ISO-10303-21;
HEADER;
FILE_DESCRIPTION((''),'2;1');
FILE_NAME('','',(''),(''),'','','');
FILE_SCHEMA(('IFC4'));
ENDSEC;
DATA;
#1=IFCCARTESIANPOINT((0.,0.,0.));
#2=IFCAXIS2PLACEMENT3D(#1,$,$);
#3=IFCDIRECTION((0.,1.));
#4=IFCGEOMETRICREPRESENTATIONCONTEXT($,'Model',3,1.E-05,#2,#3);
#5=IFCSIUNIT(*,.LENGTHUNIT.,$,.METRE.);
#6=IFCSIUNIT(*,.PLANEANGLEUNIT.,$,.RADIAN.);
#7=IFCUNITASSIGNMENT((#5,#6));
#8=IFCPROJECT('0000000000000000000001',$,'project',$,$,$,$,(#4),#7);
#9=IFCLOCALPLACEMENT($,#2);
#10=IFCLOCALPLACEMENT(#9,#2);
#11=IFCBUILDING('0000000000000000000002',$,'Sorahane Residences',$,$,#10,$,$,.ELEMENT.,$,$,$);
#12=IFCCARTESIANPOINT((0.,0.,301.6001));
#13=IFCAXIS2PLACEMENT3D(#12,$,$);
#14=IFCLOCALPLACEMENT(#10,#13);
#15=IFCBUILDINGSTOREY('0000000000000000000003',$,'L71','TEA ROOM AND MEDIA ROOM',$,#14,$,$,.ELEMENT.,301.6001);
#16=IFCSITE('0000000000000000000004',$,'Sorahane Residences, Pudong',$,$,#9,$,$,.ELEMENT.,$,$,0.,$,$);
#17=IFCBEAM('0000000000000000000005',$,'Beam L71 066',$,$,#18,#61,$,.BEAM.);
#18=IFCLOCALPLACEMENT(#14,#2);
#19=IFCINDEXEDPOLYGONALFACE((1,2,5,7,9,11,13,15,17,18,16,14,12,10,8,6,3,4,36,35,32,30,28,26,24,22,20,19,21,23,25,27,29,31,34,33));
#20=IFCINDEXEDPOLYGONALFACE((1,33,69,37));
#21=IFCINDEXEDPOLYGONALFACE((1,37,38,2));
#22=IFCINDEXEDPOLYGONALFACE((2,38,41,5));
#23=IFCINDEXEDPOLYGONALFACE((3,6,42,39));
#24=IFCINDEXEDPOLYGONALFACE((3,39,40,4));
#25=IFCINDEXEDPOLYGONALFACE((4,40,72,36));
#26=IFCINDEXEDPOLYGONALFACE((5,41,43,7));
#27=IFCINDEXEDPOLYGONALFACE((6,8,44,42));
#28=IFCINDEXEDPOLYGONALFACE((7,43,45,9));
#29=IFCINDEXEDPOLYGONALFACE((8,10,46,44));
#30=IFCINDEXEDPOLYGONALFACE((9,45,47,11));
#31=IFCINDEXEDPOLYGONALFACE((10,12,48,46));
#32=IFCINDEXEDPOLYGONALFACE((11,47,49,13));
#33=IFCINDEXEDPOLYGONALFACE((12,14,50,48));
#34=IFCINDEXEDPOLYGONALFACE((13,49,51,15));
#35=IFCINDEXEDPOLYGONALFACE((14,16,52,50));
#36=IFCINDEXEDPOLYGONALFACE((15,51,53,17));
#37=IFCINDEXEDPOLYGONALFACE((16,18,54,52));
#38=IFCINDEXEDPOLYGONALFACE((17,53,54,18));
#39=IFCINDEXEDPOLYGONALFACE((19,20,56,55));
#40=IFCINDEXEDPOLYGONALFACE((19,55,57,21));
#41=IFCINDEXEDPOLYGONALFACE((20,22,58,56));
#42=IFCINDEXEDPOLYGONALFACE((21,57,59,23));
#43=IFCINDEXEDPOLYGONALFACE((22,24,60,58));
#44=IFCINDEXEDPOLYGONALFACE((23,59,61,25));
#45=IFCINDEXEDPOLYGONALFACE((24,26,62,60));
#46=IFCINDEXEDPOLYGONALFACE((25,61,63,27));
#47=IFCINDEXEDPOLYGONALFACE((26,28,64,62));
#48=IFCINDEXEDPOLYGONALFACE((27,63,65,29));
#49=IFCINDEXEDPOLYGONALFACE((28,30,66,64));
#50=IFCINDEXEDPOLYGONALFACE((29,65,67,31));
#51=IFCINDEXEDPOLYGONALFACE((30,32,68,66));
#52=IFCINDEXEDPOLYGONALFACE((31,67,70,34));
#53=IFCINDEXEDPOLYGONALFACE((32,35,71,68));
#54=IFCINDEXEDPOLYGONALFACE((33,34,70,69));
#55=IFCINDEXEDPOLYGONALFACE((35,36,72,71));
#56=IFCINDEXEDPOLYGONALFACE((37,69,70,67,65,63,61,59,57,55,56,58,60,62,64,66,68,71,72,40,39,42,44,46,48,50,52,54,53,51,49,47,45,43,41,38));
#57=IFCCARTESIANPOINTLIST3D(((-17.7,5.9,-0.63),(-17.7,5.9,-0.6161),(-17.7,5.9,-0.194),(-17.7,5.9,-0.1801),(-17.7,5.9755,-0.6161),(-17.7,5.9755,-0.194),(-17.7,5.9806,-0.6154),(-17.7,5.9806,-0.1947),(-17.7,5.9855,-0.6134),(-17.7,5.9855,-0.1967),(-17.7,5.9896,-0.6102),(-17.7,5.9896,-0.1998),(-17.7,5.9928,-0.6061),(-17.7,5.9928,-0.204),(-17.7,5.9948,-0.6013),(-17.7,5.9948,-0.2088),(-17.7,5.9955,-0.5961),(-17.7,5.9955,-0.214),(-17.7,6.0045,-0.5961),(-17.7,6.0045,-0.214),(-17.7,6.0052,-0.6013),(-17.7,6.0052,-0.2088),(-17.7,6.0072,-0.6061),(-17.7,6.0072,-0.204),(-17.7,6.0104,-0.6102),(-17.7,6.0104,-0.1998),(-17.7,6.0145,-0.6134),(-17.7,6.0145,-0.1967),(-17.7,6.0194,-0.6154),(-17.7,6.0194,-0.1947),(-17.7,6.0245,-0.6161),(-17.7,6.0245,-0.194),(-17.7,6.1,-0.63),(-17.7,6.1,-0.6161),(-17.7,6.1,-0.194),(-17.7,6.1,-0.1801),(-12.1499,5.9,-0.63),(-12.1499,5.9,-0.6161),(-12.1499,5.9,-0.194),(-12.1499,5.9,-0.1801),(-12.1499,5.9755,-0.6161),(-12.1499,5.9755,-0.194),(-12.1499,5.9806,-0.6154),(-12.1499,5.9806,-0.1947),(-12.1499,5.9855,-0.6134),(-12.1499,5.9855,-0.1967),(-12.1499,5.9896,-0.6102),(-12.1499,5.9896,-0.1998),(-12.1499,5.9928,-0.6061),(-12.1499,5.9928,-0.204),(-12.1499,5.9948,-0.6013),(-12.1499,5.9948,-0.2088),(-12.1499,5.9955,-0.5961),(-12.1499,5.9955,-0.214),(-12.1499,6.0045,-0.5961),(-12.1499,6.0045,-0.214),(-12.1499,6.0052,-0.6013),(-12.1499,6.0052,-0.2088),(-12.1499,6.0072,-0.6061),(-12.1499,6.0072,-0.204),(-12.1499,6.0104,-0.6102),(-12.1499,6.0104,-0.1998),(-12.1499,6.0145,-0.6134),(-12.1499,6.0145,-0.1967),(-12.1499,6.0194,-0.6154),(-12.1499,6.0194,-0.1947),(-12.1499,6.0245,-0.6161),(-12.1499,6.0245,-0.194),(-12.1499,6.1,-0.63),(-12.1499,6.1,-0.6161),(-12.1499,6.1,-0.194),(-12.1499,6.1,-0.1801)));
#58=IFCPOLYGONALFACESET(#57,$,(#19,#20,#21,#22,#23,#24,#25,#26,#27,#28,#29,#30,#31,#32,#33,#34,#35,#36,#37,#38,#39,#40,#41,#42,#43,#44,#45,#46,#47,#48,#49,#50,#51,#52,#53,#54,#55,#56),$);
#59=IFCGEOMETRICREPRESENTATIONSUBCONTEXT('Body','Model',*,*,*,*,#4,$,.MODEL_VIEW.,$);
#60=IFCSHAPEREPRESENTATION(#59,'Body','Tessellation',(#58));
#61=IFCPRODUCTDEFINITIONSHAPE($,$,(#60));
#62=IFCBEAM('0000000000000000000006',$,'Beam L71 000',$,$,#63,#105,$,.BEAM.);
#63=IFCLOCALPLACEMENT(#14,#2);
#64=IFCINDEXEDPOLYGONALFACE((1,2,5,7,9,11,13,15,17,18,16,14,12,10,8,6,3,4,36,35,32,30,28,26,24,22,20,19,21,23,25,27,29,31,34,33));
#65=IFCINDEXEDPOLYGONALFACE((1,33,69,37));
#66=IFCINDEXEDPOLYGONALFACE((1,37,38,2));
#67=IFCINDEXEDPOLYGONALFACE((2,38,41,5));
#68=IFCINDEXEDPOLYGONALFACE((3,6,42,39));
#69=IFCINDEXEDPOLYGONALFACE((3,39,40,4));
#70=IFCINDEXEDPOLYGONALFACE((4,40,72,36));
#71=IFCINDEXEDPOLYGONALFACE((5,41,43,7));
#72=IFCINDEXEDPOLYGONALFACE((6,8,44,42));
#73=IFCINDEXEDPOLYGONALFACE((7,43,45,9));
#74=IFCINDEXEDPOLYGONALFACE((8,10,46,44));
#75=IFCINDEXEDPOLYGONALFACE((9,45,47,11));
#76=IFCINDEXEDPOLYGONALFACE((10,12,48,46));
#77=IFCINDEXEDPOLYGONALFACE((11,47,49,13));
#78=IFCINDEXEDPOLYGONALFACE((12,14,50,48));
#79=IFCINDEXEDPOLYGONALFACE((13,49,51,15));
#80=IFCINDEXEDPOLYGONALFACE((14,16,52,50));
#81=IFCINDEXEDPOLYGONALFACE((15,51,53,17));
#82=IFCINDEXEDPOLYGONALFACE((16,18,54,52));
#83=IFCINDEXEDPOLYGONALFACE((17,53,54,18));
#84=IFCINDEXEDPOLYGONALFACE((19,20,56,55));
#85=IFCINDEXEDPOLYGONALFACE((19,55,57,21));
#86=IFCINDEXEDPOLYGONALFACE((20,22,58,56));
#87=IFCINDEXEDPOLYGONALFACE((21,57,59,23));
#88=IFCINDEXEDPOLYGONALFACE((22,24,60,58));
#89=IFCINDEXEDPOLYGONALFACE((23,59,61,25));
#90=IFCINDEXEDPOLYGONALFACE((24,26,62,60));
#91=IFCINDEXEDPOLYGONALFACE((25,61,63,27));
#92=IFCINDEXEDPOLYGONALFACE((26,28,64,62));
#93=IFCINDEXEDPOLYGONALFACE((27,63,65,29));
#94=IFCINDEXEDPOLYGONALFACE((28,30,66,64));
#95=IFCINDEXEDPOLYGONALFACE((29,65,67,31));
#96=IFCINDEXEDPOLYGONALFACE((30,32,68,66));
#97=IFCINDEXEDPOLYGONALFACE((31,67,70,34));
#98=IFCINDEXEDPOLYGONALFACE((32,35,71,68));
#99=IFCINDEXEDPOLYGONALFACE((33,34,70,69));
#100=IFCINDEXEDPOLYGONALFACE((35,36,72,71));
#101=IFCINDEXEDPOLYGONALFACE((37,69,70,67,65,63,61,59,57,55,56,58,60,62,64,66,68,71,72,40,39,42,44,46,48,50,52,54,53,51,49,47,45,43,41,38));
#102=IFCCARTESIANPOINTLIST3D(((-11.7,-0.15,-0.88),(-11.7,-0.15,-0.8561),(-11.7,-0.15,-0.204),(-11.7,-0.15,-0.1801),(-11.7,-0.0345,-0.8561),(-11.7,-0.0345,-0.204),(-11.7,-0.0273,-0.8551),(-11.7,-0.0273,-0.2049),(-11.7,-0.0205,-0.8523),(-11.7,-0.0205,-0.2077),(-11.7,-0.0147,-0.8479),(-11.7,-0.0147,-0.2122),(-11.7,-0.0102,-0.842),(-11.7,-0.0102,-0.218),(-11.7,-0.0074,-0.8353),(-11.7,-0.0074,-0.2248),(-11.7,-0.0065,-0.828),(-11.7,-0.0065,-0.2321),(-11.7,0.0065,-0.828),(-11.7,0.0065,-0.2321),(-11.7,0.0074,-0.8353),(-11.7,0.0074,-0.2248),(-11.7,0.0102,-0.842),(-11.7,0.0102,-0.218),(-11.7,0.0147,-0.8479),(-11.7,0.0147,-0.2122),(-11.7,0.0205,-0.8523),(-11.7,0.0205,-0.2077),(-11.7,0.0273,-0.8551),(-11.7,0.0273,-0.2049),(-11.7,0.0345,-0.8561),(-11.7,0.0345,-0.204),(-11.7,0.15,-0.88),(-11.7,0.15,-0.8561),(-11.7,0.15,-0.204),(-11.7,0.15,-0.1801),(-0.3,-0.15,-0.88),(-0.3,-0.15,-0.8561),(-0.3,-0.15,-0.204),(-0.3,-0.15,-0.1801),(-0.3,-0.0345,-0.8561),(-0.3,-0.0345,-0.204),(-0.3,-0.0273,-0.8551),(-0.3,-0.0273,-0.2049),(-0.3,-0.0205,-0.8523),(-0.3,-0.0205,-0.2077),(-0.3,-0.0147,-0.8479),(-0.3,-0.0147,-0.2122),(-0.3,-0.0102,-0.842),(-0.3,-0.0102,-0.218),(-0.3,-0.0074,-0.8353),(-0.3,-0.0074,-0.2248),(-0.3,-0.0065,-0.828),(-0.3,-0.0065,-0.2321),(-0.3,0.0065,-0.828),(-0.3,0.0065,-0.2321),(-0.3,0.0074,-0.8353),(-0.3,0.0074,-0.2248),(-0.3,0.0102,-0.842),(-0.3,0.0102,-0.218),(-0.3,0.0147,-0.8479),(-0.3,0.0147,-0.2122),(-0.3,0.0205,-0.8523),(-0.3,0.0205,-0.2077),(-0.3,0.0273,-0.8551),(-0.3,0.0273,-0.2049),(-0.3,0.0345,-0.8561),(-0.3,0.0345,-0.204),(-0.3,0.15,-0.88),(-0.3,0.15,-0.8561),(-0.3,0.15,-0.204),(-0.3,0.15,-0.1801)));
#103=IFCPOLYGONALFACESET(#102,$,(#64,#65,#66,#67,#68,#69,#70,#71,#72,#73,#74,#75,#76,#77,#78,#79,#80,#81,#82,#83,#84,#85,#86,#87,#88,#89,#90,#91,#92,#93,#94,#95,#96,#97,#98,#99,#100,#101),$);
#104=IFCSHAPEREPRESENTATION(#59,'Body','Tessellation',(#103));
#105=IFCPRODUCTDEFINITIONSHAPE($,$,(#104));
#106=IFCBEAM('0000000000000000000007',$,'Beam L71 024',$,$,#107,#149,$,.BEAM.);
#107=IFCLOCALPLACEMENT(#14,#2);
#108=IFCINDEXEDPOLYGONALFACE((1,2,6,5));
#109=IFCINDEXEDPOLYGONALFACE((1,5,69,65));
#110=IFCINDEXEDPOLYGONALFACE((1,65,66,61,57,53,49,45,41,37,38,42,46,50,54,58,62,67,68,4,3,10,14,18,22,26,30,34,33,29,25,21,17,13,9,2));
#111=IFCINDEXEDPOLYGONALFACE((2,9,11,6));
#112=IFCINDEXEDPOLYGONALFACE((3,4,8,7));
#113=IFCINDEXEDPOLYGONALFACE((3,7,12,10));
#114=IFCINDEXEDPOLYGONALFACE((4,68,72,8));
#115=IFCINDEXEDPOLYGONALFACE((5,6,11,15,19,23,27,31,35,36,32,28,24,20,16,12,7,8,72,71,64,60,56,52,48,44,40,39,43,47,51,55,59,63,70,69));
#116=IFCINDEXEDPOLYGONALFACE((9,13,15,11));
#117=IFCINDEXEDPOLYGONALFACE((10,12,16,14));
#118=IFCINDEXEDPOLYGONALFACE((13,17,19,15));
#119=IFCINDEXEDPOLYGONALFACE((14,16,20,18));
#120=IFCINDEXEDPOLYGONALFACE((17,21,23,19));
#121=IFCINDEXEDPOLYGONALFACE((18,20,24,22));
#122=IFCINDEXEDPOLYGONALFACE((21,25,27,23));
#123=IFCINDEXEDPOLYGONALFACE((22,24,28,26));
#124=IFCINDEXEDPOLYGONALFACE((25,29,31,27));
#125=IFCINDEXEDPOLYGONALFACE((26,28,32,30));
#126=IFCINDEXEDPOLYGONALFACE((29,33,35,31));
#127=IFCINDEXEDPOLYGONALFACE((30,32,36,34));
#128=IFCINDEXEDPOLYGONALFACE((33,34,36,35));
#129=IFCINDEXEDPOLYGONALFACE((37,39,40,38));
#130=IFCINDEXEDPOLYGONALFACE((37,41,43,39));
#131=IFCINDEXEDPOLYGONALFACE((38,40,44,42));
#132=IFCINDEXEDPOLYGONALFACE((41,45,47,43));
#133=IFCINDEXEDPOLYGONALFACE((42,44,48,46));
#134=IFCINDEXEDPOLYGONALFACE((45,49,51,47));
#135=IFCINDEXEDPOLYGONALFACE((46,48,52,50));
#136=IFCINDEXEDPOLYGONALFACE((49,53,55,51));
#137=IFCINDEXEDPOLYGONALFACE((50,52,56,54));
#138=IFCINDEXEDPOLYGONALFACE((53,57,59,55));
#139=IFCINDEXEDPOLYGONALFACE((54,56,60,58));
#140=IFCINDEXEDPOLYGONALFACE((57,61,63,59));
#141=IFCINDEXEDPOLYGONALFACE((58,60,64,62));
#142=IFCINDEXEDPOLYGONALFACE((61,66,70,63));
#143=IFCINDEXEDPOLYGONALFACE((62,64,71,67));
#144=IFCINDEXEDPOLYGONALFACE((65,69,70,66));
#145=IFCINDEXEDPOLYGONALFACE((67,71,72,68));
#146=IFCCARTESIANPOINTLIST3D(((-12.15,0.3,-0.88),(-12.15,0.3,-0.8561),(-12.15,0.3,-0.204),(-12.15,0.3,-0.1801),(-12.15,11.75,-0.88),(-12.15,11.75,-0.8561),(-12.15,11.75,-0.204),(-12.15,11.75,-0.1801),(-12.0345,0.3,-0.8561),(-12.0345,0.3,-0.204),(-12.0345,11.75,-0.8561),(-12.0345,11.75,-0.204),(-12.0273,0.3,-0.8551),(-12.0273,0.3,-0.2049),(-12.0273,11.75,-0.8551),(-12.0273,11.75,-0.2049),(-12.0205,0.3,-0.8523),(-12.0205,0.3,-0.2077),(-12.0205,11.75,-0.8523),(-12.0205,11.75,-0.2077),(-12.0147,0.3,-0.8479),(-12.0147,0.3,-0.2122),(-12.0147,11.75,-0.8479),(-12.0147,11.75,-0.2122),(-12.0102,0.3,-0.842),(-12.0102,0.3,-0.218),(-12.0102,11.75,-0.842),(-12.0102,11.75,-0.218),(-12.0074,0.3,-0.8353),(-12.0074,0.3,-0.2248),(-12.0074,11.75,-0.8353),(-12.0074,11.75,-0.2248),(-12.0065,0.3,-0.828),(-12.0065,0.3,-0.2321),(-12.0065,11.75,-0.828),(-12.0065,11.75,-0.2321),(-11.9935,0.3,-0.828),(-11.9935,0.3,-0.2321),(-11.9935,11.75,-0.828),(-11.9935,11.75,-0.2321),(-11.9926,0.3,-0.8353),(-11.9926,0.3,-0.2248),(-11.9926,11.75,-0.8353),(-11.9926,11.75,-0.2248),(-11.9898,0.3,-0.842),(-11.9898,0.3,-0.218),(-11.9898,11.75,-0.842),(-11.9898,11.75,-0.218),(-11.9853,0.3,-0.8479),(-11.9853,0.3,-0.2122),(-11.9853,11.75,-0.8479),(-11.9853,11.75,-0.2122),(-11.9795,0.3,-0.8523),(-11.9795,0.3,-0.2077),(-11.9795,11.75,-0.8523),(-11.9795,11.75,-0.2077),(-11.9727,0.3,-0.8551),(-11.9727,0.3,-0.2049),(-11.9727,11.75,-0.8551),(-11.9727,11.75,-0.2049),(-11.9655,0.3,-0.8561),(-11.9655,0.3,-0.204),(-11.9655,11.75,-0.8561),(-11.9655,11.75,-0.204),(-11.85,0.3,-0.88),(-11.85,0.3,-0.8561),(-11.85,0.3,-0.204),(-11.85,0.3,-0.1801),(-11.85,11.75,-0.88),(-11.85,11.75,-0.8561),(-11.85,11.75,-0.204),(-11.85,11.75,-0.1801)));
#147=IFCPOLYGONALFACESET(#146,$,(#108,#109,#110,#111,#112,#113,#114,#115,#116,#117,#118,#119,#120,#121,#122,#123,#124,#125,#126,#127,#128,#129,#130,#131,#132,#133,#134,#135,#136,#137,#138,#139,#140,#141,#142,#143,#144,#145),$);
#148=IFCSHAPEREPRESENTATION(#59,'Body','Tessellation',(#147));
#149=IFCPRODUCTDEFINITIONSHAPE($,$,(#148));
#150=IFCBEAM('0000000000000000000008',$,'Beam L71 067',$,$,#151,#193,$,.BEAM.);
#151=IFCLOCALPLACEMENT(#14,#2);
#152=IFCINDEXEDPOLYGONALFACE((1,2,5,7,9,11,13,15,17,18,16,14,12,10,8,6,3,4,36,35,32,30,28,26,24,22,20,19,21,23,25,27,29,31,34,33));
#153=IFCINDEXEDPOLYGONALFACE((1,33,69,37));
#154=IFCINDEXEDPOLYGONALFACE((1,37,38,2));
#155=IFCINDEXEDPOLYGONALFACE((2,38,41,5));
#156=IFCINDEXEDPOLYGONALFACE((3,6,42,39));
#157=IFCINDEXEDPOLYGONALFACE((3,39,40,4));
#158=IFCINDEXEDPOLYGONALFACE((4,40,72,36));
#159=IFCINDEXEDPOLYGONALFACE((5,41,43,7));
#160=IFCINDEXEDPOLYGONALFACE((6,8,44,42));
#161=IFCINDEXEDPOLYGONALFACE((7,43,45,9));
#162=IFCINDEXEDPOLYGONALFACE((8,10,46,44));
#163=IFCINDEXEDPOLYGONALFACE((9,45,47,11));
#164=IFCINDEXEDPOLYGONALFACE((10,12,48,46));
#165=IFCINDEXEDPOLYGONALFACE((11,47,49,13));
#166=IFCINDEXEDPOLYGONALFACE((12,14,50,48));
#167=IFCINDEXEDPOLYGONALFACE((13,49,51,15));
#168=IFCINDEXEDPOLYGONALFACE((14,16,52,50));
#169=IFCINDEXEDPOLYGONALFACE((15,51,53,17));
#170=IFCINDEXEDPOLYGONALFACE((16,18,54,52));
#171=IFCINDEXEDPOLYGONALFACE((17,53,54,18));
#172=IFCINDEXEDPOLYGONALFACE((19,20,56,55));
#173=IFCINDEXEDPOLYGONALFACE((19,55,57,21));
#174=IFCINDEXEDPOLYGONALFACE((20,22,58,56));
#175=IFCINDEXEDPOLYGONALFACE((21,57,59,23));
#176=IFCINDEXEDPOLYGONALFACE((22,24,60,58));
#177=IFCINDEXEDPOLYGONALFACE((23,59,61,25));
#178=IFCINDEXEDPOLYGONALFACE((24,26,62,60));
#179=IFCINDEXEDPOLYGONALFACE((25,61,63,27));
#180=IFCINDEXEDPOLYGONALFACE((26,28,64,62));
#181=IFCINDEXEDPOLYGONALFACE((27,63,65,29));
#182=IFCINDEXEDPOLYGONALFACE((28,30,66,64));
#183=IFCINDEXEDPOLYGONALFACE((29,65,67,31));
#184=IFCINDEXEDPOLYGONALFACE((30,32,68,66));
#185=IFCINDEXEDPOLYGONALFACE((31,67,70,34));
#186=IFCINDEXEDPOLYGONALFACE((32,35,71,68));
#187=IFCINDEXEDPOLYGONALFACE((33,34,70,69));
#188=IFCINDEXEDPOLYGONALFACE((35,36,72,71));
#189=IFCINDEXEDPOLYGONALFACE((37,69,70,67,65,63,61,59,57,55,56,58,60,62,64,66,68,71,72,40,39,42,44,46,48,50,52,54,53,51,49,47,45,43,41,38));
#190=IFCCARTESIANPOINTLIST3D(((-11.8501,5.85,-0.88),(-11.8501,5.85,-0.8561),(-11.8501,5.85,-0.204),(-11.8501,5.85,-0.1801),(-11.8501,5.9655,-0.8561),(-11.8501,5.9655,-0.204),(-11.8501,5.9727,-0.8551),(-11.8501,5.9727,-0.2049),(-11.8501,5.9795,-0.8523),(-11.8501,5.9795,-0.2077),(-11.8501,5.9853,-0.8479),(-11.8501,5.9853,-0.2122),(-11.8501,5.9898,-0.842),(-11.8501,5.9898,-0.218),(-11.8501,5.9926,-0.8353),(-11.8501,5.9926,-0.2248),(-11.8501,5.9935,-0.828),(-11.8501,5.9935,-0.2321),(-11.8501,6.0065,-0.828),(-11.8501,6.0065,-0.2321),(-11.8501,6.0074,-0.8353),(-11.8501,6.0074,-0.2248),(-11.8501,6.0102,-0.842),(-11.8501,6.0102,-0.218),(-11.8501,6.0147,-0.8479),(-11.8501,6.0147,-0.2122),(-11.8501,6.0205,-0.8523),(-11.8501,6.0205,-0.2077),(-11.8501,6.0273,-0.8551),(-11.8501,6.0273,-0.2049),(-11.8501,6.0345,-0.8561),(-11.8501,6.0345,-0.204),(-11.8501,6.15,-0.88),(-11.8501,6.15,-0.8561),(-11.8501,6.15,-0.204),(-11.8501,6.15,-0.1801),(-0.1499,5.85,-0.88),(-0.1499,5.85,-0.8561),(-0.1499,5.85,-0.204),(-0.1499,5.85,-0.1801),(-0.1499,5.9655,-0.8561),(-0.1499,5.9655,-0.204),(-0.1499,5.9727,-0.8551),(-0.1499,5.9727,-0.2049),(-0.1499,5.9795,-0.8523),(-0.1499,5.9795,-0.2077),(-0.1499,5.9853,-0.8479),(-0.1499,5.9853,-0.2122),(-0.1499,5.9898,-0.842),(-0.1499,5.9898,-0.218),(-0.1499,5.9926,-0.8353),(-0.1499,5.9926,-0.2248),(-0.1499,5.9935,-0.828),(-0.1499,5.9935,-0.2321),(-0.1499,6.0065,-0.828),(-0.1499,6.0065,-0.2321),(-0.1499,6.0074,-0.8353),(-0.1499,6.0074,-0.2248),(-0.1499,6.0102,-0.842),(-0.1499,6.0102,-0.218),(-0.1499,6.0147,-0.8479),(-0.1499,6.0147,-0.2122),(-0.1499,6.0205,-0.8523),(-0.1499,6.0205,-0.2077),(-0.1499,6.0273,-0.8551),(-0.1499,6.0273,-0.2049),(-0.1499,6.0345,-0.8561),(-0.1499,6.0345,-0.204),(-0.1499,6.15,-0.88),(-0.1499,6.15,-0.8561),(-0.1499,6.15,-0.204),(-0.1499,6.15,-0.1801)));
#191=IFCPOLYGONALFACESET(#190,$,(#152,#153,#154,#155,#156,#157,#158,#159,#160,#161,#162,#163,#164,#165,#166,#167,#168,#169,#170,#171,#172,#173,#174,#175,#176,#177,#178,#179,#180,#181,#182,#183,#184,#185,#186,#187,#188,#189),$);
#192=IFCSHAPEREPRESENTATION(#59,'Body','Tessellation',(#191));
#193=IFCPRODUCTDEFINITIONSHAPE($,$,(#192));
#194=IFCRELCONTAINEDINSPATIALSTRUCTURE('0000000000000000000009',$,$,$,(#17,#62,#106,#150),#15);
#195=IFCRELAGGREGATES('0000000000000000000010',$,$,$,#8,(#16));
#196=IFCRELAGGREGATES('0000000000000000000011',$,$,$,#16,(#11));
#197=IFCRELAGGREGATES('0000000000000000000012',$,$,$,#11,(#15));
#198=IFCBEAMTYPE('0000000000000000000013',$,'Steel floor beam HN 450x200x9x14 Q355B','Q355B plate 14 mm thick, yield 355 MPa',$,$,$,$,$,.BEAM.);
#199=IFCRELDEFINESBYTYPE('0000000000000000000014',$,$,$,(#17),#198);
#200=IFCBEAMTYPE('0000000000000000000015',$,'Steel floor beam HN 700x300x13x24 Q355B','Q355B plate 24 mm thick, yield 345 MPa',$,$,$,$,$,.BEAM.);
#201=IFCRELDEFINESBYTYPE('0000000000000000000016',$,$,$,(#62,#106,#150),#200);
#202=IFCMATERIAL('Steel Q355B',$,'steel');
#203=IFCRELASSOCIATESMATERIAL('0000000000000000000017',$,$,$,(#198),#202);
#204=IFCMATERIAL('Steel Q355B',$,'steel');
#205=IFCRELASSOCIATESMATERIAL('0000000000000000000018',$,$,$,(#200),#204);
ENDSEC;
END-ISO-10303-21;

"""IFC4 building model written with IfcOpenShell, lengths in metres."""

from ifc_helpers import new_model, si_unit, direction, frame, origin, origin_2d, place, context, subcontext, project, spatial, i_section, extrude, material, material_profile, profile_set, type_object, element, save


model = new_model("IFC4")

# Units and contexts
model_context = context("Model", 3, precision=1e-05, world=origin(), true_north=direction((0.0, 1.0)))
body_context = subcontext(model_context, "Body", "Model", "MODEL_VIEW")
ifc_project = project(units=[si_unit("LENGTHUNIT", "METRE"), si_unit("PLANEANGLEUNIT", "RADIAN")], contexts=[model_context])

# Site, building, storey
site_placement = place(None, origin())
site = spatial("IfcSite", under=ifc_project, at=site_placement, Name="Sorahane Residences, Pudong", CompositionType="ELEMENT", RefElevation=0.0)
building_placement = place(site_placement, origin())
building = spatial("IfcBuilding", under=site, at=building_placement, Name="Sorahane Residences", CompositionType="ELEMENT")
storey_placement = place(building_placement, frame((0.0, 0.0, 301.6001)))
storey = spatial("IfcBuildingStorey", under=building, at=storey_placement, Name="L71", Description="TEA ROOM AND MEDIA ROOM", CompositionType="ELEMENT", Elevation=301.6001)

# Beams
ifc_material_1 = material(Name="Steel Q355B", Category="steel")
ifc_material_profile_1 = material_profile(ifc_material_1, i_section(OverallWidth=0.2, OverallDepth=0.45, WebThickness=0.009, FlangeThickness=0.0139, FilletRadius=0.02, at=origin_2d()), Name="HN 450x200x9x14")
ifc_profile_set_1 = profile_set([ifc_material_profile_1], Name="Steel Q355B")
beam_type_1 = type_object("IfcBeamType", Name="Steel floor beam HN 450x200x9x14 Q355B", Description="Q355B plate 14 mm thick, yield 355 MPa", PredefinedType="BEAM", material=ifc_profile_set_1)
beam_1_placement = place(storey_placement, frame((-17.7, 6.0, -0.405), z_axis=(1.0, 0.0, 0.0), x_axis=(0.0, 1.0, 0.0)))
element("IfcBeam", 1, at=beam_1_placement, inside=storey, type_object=beam_type_1, Name="Beam L71 066", PredefinedType="BEAM", context=body_context, shape_type="SweptSolid", body=[
    extrude(i_section(OverallWidth=0.2, OverallDepth=0.45, WebThickness=0.009, FlangeThickness=0.0139, FilletRadius=0.02, at=origin_2d()), origin(), (0.0, 0.0, 1.0), 5.55),
])
ifc_material_2 = material(Name="Steel Q355B", Category="steel")
ifc_material_profile_2 = material_profile(ifc_material_2, i_section(OverallWidth=0.3, OverallDepth=0.7, WebThickness=0.0129, FlangeThickness=0.0239, FilletRadius=0.0281, at=origin_2d()), Name="HN 700x300x13x24")
ifc_profile_set_2 = profile_set([ifc_material_profile_2], Name="Steel Q355B")
beam_type_2 = type_object("IfcBeamType", Name="Steel floor beam HN 700x300x13x24 Q355B", Description="Q355B plate 24 mm thick, yield 345 MPa", PredefinedType="BEAM", material=ifc_profile_set_2)
beam_2_placement = place(storey_placement, frame((-11.7, 0.0, -0.53), z_axis=(1.0, 0.0, 0.0), x_axis=(0.0, 1.0, 0.0)))
element("IfcBeam", 2, at=beam_2_placement, inside=storey, type_object=beam_type_2, Name="Beam L71 000", PredefinedType="BEAM", context=body_context, shape_type="SweptSolid", body=[
    extrude(i_section(OverallWidth=0.3, OverallDepth=0.7, WebThickness=0.0129, FlangeThickness=0.0239, FilletRadius=0.0281, at=origin_2d()), origin(), (0.0, 0.0, 1.0), 11.3999),
])
beam_3_placement = place(storey_placement, frame((-12.0, 0.3, -0.53), z_axis=(0.0, 1.0, 0.0), x_axis=(-1.0, 0.0, 0.0)))
element("IfcBeam", 3, at=beam_3_placement, inside=storey, type_object=beam_type_2, Name="Beam L71 024", PredefinedType="BEAM", context=body_context, shape_type="SweptSolid", body=[
    extrude(i_section(OverallWidth=0.3, OverallDepth=0.7, WebThickness=0.0129, FlangeThickness=0.0239, FilletRadius=0.0281, at=origin_2d()), origin(), (0.0, 0.0, 1.0), 11.45),
])
beam_4_placement = place(storey_placement, frame((-11.8501, 6.0, -0.53), z_axis=(1.0, 0.0, 0.0), x_axis=(0.0, 1.0, 0.0)))
element("IfcBeam", 4, at=beam_4_placement, inside=storey, type_object=beam_type_2, Name="Beam L71 067", PredefinedType="BEAM", context=body_context, shape_type="SweptSolid", body=[
    extrude(i_section(OverallWidth=0.3, OverallDepth=0.7, WebThickness=0.0129, FlangeThickness=0.0239, FilletRadius=0.0281, at=origin_2d()), origin(), (0.0, 0.0, 1.0), 11.7002),
])

save(model, "model.ifc")
